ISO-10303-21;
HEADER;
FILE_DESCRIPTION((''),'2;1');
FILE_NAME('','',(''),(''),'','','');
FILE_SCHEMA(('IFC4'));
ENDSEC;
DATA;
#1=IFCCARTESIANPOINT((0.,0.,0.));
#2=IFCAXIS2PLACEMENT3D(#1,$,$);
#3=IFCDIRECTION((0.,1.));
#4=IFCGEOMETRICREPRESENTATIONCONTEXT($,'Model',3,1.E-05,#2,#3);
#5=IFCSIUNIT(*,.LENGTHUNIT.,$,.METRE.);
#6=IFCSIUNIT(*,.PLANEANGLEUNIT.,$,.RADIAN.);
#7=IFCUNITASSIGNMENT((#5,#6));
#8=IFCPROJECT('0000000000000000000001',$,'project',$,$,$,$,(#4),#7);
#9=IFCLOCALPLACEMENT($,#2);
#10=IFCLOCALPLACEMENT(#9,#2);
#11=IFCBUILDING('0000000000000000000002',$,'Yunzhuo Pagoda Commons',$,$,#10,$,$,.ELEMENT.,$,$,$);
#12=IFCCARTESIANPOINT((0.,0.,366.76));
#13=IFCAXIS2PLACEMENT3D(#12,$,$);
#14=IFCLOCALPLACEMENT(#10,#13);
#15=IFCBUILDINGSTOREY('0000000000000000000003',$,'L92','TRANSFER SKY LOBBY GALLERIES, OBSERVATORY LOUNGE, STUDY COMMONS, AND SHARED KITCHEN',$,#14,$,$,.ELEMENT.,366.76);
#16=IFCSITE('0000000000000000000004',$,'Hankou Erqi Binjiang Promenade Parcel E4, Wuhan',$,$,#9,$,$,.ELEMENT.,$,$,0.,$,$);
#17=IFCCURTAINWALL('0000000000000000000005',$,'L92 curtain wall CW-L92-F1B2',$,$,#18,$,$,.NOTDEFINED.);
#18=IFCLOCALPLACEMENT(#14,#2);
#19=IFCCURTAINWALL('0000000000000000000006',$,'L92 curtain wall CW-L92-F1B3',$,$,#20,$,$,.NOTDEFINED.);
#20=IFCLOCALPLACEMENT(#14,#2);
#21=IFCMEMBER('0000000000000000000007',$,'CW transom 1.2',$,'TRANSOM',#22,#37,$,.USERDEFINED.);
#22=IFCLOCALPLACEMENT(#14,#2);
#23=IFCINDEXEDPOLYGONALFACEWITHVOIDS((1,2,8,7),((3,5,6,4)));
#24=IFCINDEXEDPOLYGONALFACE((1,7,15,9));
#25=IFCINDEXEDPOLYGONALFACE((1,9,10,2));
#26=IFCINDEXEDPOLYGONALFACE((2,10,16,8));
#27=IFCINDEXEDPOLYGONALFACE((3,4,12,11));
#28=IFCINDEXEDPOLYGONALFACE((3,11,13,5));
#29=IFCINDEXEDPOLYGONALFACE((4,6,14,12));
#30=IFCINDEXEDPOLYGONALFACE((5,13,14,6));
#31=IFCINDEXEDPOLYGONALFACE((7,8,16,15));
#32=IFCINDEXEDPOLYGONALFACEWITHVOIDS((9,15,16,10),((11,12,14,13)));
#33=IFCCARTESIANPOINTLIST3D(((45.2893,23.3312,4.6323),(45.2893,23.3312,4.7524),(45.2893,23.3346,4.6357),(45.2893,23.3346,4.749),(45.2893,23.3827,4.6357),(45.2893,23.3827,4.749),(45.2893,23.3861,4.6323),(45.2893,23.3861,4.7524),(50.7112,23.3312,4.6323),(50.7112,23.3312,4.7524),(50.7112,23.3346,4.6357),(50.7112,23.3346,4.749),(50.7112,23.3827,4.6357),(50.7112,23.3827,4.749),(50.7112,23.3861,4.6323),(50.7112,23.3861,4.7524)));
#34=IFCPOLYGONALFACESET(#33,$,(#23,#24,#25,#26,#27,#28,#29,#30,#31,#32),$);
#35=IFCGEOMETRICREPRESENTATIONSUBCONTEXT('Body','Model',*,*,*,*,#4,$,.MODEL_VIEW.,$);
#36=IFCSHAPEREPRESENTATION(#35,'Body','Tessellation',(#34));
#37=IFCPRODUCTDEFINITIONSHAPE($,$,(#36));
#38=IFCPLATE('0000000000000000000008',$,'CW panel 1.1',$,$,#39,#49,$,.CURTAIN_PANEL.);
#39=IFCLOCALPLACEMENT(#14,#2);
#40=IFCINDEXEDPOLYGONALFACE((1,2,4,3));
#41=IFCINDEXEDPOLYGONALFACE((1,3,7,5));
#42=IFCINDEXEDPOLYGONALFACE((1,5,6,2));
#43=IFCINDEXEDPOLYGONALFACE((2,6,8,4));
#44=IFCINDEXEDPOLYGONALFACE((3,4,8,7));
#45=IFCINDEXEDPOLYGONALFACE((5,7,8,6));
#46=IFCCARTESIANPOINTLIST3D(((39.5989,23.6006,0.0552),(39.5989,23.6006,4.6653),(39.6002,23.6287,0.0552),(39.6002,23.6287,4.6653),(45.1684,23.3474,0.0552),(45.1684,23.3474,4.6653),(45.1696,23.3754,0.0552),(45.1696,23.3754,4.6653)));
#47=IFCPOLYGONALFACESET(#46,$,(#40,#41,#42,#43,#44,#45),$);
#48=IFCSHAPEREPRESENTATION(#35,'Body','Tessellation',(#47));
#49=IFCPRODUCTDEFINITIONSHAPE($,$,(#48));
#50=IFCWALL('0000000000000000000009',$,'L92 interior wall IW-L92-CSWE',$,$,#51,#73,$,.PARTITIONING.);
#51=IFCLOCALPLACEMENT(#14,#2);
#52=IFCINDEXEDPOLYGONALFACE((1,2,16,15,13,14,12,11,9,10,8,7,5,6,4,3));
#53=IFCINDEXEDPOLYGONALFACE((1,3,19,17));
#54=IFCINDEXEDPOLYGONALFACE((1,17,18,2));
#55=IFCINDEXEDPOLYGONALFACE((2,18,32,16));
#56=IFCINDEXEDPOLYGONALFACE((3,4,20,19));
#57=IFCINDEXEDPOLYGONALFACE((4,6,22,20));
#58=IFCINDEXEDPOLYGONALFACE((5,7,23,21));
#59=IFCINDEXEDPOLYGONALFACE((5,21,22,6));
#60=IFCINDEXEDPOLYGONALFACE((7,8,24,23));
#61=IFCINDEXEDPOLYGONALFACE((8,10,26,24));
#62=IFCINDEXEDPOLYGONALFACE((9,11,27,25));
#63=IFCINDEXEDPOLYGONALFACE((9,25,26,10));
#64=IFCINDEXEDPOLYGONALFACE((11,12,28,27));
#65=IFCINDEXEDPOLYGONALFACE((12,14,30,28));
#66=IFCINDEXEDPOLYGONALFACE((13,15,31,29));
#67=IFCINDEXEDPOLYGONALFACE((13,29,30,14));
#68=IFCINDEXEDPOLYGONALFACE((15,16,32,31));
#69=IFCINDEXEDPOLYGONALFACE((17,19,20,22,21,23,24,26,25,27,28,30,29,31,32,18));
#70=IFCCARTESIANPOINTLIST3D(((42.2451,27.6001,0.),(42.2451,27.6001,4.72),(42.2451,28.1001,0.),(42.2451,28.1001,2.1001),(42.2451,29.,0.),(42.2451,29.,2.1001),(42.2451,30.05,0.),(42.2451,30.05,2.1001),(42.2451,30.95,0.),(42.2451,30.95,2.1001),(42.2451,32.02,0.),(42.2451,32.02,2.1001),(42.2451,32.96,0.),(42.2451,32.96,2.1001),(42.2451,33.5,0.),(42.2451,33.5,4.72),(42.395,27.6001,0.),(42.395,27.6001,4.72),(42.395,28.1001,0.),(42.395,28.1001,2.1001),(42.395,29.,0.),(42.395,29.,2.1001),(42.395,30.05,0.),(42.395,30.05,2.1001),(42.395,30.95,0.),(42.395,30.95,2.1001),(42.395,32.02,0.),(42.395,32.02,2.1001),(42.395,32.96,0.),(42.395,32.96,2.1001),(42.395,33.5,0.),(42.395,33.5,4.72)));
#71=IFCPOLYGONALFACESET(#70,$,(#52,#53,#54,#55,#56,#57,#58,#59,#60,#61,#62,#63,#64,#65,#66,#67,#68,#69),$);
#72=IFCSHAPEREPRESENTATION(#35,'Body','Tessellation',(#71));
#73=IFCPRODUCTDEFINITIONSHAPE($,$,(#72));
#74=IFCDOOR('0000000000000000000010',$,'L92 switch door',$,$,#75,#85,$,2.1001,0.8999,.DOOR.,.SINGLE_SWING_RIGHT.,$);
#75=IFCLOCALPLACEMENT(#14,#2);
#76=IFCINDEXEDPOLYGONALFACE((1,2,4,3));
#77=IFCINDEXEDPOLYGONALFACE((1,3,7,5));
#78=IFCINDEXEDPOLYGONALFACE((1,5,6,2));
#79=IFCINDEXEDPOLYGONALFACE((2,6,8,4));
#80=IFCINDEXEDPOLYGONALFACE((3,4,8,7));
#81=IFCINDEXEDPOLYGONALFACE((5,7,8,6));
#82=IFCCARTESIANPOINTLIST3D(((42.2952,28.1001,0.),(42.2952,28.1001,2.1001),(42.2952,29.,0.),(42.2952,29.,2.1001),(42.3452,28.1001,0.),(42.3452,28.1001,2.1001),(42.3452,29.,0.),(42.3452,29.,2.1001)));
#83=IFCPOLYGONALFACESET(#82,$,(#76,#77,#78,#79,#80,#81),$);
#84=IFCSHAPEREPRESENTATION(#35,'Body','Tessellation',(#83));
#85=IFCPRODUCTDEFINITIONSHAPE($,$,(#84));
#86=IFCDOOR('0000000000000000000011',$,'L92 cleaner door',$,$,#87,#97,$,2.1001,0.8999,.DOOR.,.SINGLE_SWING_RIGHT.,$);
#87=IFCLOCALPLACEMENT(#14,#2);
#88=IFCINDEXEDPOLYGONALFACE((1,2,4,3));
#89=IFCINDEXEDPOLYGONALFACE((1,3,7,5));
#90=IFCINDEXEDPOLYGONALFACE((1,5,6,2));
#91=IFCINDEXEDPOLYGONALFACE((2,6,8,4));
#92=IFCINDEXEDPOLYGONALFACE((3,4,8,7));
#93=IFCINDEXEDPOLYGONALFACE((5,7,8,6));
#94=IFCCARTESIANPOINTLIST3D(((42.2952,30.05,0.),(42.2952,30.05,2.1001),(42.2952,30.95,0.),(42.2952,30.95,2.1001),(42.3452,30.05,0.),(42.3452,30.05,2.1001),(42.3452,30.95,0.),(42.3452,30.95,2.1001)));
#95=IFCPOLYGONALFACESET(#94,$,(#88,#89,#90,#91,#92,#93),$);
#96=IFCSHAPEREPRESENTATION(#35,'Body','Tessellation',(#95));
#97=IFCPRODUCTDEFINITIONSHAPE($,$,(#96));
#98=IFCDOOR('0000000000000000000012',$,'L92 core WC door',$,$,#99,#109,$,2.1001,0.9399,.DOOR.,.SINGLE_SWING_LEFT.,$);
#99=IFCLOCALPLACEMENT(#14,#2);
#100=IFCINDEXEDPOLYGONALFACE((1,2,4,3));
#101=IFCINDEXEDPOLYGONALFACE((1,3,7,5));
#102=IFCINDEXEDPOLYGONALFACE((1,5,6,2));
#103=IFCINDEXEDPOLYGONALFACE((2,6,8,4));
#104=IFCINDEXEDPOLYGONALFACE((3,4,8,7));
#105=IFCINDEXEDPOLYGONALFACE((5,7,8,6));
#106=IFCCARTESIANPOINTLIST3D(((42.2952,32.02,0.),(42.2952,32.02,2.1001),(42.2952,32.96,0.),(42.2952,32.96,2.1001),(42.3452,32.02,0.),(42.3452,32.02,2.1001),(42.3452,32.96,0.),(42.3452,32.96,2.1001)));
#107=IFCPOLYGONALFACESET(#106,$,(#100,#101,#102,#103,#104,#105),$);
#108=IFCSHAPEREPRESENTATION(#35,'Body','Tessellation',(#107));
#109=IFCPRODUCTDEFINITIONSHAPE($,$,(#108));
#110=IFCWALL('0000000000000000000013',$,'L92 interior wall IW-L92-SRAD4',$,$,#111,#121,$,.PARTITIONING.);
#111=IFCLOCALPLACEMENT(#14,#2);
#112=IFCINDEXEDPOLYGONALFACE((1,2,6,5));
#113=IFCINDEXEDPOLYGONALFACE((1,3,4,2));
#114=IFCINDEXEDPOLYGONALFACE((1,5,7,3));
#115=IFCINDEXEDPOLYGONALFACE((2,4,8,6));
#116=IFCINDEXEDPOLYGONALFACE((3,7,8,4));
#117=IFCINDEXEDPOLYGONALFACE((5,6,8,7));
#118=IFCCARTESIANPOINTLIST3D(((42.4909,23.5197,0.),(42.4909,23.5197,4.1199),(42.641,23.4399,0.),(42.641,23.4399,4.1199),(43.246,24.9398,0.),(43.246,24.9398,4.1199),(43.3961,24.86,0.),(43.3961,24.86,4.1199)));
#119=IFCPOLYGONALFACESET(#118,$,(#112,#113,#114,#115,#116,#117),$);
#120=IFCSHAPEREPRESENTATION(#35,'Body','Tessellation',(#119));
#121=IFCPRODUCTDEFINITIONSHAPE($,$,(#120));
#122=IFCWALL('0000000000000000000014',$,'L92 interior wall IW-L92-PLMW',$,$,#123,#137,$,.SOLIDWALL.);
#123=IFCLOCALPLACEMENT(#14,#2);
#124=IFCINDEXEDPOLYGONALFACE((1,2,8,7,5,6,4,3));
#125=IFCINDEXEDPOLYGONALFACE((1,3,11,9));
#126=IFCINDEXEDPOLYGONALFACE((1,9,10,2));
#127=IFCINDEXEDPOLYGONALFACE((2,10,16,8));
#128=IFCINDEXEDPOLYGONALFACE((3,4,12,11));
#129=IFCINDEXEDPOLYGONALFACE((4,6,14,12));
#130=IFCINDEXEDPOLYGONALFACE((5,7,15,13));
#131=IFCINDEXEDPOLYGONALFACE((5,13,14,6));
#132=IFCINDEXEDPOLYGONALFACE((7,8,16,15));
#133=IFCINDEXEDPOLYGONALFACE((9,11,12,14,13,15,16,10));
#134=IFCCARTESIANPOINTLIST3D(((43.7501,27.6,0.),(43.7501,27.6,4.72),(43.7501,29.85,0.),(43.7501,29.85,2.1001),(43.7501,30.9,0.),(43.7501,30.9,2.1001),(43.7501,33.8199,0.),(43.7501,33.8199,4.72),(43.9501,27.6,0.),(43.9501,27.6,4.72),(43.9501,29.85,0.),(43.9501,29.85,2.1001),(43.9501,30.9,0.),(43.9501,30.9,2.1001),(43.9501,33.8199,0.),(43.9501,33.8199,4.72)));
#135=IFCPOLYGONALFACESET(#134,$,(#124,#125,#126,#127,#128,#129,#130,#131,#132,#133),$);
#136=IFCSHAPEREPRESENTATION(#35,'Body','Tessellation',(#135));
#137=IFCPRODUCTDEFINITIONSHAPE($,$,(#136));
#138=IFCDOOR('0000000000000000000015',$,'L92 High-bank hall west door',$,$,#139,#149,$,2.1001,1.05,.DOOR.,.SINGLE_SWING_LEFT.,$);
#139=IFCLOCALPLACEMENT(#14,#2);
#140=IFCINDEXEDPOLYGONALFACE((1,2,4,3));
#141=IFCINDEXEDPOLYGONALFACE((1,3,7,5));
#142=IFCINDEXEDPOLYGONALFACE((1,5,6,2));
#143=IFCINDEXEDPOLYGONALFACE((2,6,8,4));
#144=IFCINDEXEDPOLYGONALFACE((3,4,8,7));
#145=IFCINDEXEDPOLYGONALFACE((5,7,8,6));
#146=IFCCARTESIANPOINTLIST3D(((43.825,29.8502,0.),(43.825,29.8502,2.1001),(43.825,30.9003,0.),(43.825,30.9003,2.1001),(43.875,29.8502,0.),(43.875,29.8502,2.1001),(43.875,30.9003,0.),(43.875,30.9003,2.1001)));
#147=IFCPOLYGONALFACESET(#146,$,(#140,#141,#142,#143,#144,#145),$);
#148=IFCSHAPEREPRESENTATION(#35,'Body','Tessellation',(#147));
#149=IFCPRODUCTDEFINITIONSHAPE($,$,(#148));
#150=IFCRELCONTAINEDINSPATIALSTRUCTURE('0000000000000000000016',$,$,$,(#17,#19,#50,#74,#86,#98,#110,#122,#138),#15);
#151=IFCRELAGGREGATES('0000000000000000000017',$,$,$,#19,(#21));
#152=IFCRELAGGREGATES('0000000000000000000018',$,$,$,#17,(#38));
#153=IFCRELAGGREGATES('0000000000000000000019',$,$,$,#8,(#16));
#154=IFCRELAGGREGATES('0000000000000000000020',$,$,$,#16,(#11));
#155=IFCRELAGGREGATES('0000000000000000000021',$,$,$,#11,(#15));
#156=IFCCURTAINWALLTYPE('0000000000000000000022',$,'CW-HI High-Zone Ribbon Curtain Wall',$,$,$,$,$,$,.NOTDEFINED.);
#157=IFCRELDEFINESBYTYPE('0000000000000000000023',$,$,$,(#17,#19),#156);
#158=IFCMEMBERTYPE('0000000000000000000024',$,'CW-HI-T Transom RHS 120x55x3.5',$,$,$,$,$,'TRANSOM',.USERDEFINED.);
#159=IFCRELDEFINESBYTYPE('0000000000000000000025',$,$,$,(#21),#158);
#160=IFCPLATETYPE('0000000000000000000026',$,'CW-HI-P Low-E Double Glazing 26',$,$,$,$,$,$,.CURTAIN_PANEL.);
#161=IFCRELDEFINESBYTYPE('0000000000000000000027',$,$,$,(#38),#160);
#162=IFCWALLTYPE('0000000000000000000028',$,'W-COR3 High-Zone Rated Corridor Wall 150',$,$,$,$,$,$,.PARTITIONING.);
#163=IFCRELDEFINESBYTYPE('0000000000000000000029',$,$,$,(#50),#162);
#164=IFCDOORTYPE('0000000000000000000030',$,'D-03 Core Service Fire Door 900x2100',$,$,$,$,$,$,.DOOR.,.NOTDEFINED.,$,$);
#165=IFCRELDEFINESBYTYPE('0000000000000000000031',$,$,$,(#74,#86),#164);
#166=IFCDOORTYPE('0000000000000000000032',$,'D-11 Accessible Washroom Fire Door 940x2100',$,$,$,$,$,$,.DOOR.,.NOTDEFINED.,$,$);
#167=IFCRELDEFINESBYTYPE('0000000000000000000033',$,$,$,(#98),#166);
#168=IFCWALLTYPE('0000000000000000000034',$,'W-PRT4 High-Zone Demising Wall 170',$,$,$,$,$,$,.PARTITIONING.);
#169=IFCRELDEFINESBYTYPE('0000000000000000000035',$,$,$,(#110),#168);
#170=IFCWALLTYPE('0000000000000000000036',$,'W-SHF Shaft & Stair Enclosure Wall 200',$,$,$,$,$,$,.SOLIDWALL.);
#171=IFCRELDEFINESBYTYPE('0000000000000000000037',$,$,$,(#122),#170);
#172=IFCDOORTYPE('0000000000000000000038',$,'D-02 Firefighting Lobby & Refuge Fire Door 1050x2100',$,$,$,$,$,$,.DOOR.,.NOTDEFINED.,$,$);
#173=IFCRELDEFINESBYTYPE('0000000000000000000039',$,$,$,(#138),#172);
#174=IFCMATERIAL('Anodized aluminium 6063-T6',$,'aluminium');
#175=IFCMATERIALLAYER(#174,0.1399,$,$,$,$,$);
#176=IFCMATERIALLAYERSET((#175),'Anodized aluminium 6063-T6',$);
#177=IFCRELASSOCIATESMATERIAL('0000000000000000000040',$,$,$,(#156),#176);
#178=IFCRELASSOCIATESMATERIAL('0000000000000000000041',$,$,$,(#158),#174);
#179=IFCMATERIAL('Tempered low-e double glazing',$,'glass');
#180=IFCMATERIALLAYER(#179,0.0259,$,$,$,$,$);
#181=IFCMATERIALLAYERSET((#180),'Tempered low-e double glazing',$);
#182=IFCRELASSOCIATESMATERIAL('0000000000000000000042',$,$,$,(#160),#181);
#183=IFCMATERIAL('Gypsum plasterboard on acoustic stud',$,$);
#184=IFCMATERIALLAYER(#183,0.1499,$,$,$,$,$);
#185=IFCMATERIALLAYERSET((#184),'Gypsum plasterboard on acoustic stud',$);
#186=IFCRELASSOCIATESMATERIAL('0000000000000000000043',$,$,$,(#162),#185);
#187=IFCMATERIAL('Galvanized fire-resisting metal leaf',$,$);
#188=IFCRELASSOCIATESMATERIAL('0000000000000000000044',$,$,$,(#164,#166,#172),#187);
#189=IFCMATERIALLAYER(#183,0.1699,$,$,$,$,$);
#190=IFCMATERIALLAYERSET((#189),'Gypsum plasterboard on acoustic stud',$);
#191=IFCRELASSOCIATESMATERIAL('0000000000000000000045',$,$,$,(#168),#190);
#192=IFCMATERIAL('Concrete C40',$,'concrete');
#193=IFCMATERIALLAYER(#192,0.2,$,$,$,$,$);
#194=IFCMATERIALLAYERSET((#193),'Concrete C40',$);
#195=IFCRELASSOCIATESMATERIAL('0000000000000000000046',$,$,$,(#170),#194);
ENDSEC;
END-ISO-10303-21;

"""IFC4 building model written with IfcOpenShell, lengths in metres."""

from ifc_helpers import new_model, si_unit, direction, frame, frame_2d, origin, origin_with_axes, origin_2d, place, context, subcontext, project, spatial, rectangle, hollow_rectangle, extrude, source, transform, mapped, material, layer, layer_set, material_profile, profile_set, type_object, element, fill, aggregate, save


model = new_model("IFC4")

# Units and contexts
model_context = context("Model", 3, precision=1e-05, world=origin(), true_north=direction((0.0, 1.0)))
body_context = subcontext(model_context, "Body", "Model", "MODEL_VIEW")
ifc_project = project(units=[si_unit("LENGTHUNIT", "METRE"), si_unit("PLANEANGLEUNIT", "RADIAN")], contexts=[model_context])

# Site, building, storey
site_placement = place(None, origin())
site = spatial("IfcSite", under=ifc_project, at=site_placement, Name="Hankou Erqi Binjiang Promenade Parcel E4, Wuhan", CompositionType="ELEMENT", RefElevation=0.0)
building_placement = place(site_placement, origin())
building = spatial("IfcBuilding", under=site, at=building_placement, Name="Yunzhuo Pagoda Commons", CompositionType="ELEMENT")
storey_placement = place(building_placement, frame((0.0, 0.0, 366.76)))
storey = spatial("IfcBuildingStorey", under=building, at=storey_placement, Name="L92", Description="TRANSFER SKY LOBBY GALLERIES, OBSERVATORY LOUNGE, STUDY COMMONS, AND SHARED KITCHEN", CompositionType="ELEMENT", Elevation=366.76)

# Curtain wall
ifc_material_1 = material(Name="Anodized aluminium 6063-T6", Category="aluminium")
ifc_layer_1 = layer(ifc_material_1, 0.1399)
ifc_layer_set_1 = layer_set([ifc_layer_1], Name="Anodized aluminium 6063-T6")
curtain_wall_type = type_object("IfcCurtainWallType", Name="CW-HI High-Zone Ribbon Curtain Wall", PredefinedType="NOTDEFINED", material=ifc_layer_set_1)
curtain_wall_1_placement = place(storey_placement, origin())
curtain_wall_1 = element("IfcCurtainWall", 1, at=curtain_wall_1_placement, inside=storey, type_object=curtain_wall_type, Name="L92 curtain wall CW-L92-F1B2", PredefinedType="NOTDEFINED")

# Curtain wall, member
curtain_wall_2_placement = place(storey_placement, origin())
curtain_wall_2 = element("IfcCurtainWall", 2, at=curtain_wall_2_placement, inside=storey, type_object=curtain_wall_type, Name="L92 curtain wall CW-L92-F1B3", PredefinedType="NOTDEFINED")
ifc_material_profile_1 = material_profile(ifc_material_1, hollow_rectangle(XDim=0.0549, YDim=0.1201, WallThickness=0.0034, at=origin_2d()), Name="Anodized aluminium 6063-T6")
ifc_profile_set_1 = profile_set([ifc_material_profile_1], Name="Anodized aluminium 6063-T6")
member_type_1 = type_object("IfcMemberType", Name="CW-HI-T Transom RHS 120x55x3.5", ElementType="TRANSOM", PredefinedType="USERDEFINED", material=ifc_profile_set_1)
shared_shape_1 = source(origin(), body_context, "Body", "SweptSolid", [
    extrude(hollow_rectangle(XDim=0.0549, YDim=0.1201, WallThickness=0.0034, at=origin_2d()), origin(), (0.0, 0.0, 1.0), 5.4219),
])
member_1_placement = place(storey_placement, frame((45.2893, 23.3586, 4.6924), z_axis=(1.0, 0.0, 0.0), x_axis=(0.0, 1.0, 0.0)))
member_1 = element("IfcMember", 3, at=member_1_placement, type_object=member_type_1, Name="CW transom 1.2", ObjectType="TRANSOM", PredefinedType="USERDEFINED", context=body_context, shape_type="MappedRepresentation", body=[
    mapped(shared_shape_1, transform((0.0, 0.0, 0.0), scale=1.0)),
])
aggregate(curtain_wall_2, [member_1])

# Plate
ifc_material_2 = material(Name="Tempered low-e double glazing", Category="glass")
ifc_layer_2 = layer(ifc_material_2, 0.0259)
ifc_layer_set_2 = layer_set([ifc_layer_2], Name="Tempered low-e double glazing")
plate_type = type_object("IfcPlateType", Name="CW-HI-P Low-E Double Glazing 26", PredefinedType="CURTAIN_PANEL", material=ifc_layer_set_2)
shared_shape_2 = source(origin(), body_context, "Body", "SweptSolid", [
    extrude(rectangle(XDim=5.5752, YDim=0.0281, at=origin_2d()), origin(), (0.0, 0.0, 1.0), 4.6101),
])
plate_placement = place(storey_placement, frame((42.3843, 23.488, 0.0552), z_axis=(0.0, 0.0, 1.0), x_axis=(0.998968, -0.045424, 0.0)))
plate = element("IfcPlate", 4, at=plate_placement, type_object=plate_type, Name="CW panel 1.1", PredefinedType="CURTAIN_PANEL", context=body_context, shape_type="MappedRepresentation", body=[
    mapped(shared_shape_2, transform((0.0, 0.0, 0.0), scale=1.0)),
])
aggregate(curtain_wall_1, [plate])

# Wall, openings, doors
ifc_material_3 = material(Name="Gypsum plasterboard on acoustic stud")
ifc_layer_3 = layer(ifc_material_3, 0.1499)
ifc_layer_set_3 = layer_set([ifc_layer_3], Name="Gypsum plasterboard on acoustic stud")
wall_type_1 = type_object("IfcWallType", Name="W-COR3 High-Zone Rated Corridor Wall 150", PredefinedType="PARTITIONING", material=ifc_layer_set_3)
wall_1_placement = place(storey_placement, frame((42.3201, 27.6001, 0.0), z_axis=(0.0, 0.0, 1.0), x_axis=(0.0, 1.0, 0.0)))
wall_1 = element("IfcWall", 5, at=wall_1_placement, inside=storey, type_object=wall_type_1, Name="L92 interior wall IW-L92-CSWE", PredefinedType="PARTITIONING", context=body_context, shape_type="SweptSolid", body=[
    extrude(rectangle(XDim=5.8999, YDim=0.1499, at=frame_2d((2.95, 0.0))), origin(), (0.0, 0.0, 1.0), 4.72),
])
opening_1_placement = place(wall_1_placement, frame((0.5, 0.0, 0.0)))
opening_1 = element("IfcOpeningElement", 6, at=opening_1_placement, cuts=wall_1, PredefinedType="OPENING", context=body_context, shape_type="SweptSolid", body=[
    extrude(rectangle(XDim=0.8999, YDim=2.1001, at=frame_2d((0.45, 1.05))), frame((0.0, 0.085, 0.0), z_axis=(0.0, -1.0, 0.0), x_axis=(1.0, 0.0, 0.0)), (0.0, 0.0, 1.0), 0.1699),
])
opening_2_placement = place(wall_1_placement, frame((2.45, 0.0, 0.0)))
opening_2 = element("IfcOpeningElement", 7, at=opening_2_placement, cuts=wall_1, PredefinedType="OPENING", context=body_context, shape_type="SweptSolid", body=[
    extrude(rectangle(XDim=0.8999, YDim=2.1001, at=frame_2d((0.45, 1.05))), frame((0.0, 0.085, 0.0), z_axis=(0.0, -1.0, 0.0), x_axis=(1.0, 0.0, 0.0)), (0.0, 0.0, 1.0), 0.1699),
])
opening_3_placement = place(wall_1_placement, frame((4.4199, 0.0, 0.0)))
opening_3 = element("IfcOpeningElement", 8, at=opening_3_placement, cuts=wall_1, PredefinedType="OPENING", context=body_context, shape_type="SweptSolid", body=[
    extrude(rectangle(XDim=0.9399, YDim=2.1001, at=frame_2d((0.47, 1.05))), frame((0.0, 0.085, 0.0), z_axis=(0.0, -1.0, 0.0), x_axis=(1.0, 0.0, 0.0)), (0.0, 0.0, 1.0), 0.1699),
])
ifc_material_4 = material(Name="Galvanized fire-resisting metal leaf")
door_type_1 = type_object("IfcDoorType", Name="D-03 Core Service Fire Door 900x2100", OperationType="NOTDEFINED", PredefinedType="DOOR", material=ifc_material_4)
shared_shape_3 = source(origin(), body_context, "Body", "SweptSolid", [
    extrude(rectangle(XDim=0.8999, YDim=2.1001, at=frame_2d((0.45, 1.05))), frame((0.0, 0.0249, 0.0), z_axis=(0.0, -1.0, 0.0), x_axis=(1.0, 0.0, 0.0)), (0.0, 0.0, 1.0), 0.05),
])
door_1_placement = place(opening_1_placement, origin_with_axes())
door_1 = element("IfcDoor", 9, at=door_1_placement, inside=storey, type_object=door_type_1, Name="L92 switch door", OperationType="SINGLE_SWING_RIGHT", OverallHeight=2.1001, OverallWidth=0.8999, PredefinedType="DOOR", context=body_context, shape_type="MappedRepresentation", body=[
    mapped(shared_shape_3, transform((0.0, 0.0, 0.0), scale=1.0)),
])
fill(opening_1, door_1)
door_2_placement = place(opening_2_placement, origin_with_axes())
door_2 = element("IfcDoor", 10, at=door_2_placement, inside=storey, type_object=door_type_1, Name="L92 cleaner door", OperationType="SINGLE_SWING_RIGHT", OverallHeight=2.1001, OverallWidth=0.8999, PredefinedType="DOOR", context=body_context, shape_type="MappedRepresentation", body=[
    mapped(shared_shape_3, transform((0.0, 0.0, 0.0), scale=1.0)),
])
fill(opening_2, door_2)
door_type_2 = type_object("IfcDoorType", Name="D-11 Accessible Washroom Fire Door 940x2100", OperationType="NOTDEFINED", PredefinedType="DOOR", material=ifc_material_4)
shared_shape_4 = source(origin(), body_context, "Body", "SweptSolid", [
    extrude(rectangle(XDim=0.9399, YDim=2.1001, at=frame_2d((0.47, 1.05))), frame((0.0, 0.0249, 0.0), z_axis=(0.0, -1.0, 0.0), x_axis=(1.0, 0.0, 0.0)), (0.0, 0.0, 1.0), 0.05),
])
door_3_placement = place(opening_3_placement, origin_with_axes())
door_3 = element("IfcDoor", 11, at=door_3_placement, inside=storey, type_object=door_type_2, Name="L92 core WC door", OperationType="SINGLE_SWING_LEFT", OverallHeight=2.1001, OverallWidth=0.9399, PredefinedType="DOOR", context=body_context, shape_type="MappedRepresentation", body=[
    mapped(shared_shape_4, transform((0.0, 0.0, 0.0), scale=1.0)),
])
fill(opening_3, door_3)

# Wall
ifc_layer_4 = layer(ifc_material_3, 0.1699)
ifc_layer_set_4 = layer_set([ifc_layer_4], Name="Gypsum plasterboard on acoustic stud")
wall_type_2 = type_object("IfcWallType", Name="W-PRT4 High-Zone Demising Wall 170", PredefinedType="PARTITIONING", material=ifc_layer_set_4)
wall_2_placement = place(storey_placement, frame((43.321, 24.8999, 0.0), z_axis=(0.0, 0.0, 1.0), x_axis=(-0.469477, -0.882945, 0.0)))
element("IfcWall", 12, at=wall_2_placement, inside=storey, type_object=wall_type_2, Name="L92 interior wall IW-L92-SRAD4", PredefinedType="PARTITIONING", context=body_context, shape_type="SweptSolid", body=[
    extrude(rectangle(XDim=1.6084, YDim=0.1699, at=frame_2d((0.8042, 0.0))), origin(), (0.0, 0.0, 1.0), 4.1199),
])

# Wall, opening, door
ifc_material_5 = material(Name="Concrete C40", Category="concrete")
ifc_layer_5 = layer(ifc_material_5, 0.2)
ifc_layer_set_5 = layer_set([ifc_layer_5], Name="Concrete C40")
wall_type_3 = type_object("IfcWallType", Name="W-SHF Shaft & Stair Enclosure Wall 200", PredefinedType="SOLIDWALL", material=ifc_layer_set_5)
wall_3_placement = place(storey_placement, frame((43.8501, 27.6001, 0.0), z_axis=(0.0, 0.0, 1.0), x_axis=(0.0, 1.0, 0.0)))
wall_3 = element("IfcWall", 13, at=wall_3_placement, inside=storey, type_object=wall_type_3, Name="L92 interior wall IW-L92-PLMW", PredefinedType="SOLIDWALL", context=body_context, shape_type="SweptSolid", body=[
    extrude(rectangle(XDim=6.22, YDim=0.2, at=frame_2d((3.1099, 0.0))), origin(), (0.0, 0.0, 1.0), 4.72),
])
opening_4_placement = place(wall_3_placement, frame((2.25, 0.0, 0.0)))
opening_4 = element("IfcOpeningElement", 14, at=opening_4_placement, cuts=wall_3, PredefinedType="OPENING", context=body_context, shape_type="SweptSolid", body=[
    extrude(rectangle(XDim=1.05, YDim=2.1001, at=frame_2d((0.5249, 1.05))), frame((0.0, 0.1099, 0.0), z_axis=(0.0, -1.0, 0.0), x_axis=(1.0, 0.0, 0.0)), (0.0, 0.0, 1.0), 0.22),
])
door_type_3 = type_object("IfcDoorType", Name="D-02 Firefighting Lobby & Refuge Fire Door 1050x2100", OperationType="NOTDEFINED", PredefinedType="DOOR", material=ifc_material_4)
shared_shape_5 = source(origin(), body_context, "Body", "SweptSolid", [
    extrude(rectangle(XDim=1.05, YDim=2.1001, at=frame_2d((0.5249, 1.05))), frame((0.0, 0.0249, 0.0), z_axis=(0.0, -1.0, 0.0), x_axis=(1.0, 0.0, 0.0)), (0.0, 0.0, 1.0), 0.05),
])
door_4_placement = place(opening_4_placement, frame((1.05, 0.0, 0.0), z_axis=(0.0, 0.0, 1.0), x_axis=(-1.0, 0.0, 0.0)))
door_4 = element("IfcDoor", 15, at=door_4_placement, inside=storey, type_object=door_type_3, Name="L92 High-bank hall west door", OperationType="SINGLE_SWING_LEFT", OverallHeight=2.1001, OverallWidth=1.05, PredefinedType="DOOR", context=body_context, shape_type="MappedRepresentation", body=[
    mapped(shared_shape_5, transform((0.0, 0.0, 0.0), scale=1.0)),
])
fill(opening_4, door_4)

save(model, "model.ifc")
